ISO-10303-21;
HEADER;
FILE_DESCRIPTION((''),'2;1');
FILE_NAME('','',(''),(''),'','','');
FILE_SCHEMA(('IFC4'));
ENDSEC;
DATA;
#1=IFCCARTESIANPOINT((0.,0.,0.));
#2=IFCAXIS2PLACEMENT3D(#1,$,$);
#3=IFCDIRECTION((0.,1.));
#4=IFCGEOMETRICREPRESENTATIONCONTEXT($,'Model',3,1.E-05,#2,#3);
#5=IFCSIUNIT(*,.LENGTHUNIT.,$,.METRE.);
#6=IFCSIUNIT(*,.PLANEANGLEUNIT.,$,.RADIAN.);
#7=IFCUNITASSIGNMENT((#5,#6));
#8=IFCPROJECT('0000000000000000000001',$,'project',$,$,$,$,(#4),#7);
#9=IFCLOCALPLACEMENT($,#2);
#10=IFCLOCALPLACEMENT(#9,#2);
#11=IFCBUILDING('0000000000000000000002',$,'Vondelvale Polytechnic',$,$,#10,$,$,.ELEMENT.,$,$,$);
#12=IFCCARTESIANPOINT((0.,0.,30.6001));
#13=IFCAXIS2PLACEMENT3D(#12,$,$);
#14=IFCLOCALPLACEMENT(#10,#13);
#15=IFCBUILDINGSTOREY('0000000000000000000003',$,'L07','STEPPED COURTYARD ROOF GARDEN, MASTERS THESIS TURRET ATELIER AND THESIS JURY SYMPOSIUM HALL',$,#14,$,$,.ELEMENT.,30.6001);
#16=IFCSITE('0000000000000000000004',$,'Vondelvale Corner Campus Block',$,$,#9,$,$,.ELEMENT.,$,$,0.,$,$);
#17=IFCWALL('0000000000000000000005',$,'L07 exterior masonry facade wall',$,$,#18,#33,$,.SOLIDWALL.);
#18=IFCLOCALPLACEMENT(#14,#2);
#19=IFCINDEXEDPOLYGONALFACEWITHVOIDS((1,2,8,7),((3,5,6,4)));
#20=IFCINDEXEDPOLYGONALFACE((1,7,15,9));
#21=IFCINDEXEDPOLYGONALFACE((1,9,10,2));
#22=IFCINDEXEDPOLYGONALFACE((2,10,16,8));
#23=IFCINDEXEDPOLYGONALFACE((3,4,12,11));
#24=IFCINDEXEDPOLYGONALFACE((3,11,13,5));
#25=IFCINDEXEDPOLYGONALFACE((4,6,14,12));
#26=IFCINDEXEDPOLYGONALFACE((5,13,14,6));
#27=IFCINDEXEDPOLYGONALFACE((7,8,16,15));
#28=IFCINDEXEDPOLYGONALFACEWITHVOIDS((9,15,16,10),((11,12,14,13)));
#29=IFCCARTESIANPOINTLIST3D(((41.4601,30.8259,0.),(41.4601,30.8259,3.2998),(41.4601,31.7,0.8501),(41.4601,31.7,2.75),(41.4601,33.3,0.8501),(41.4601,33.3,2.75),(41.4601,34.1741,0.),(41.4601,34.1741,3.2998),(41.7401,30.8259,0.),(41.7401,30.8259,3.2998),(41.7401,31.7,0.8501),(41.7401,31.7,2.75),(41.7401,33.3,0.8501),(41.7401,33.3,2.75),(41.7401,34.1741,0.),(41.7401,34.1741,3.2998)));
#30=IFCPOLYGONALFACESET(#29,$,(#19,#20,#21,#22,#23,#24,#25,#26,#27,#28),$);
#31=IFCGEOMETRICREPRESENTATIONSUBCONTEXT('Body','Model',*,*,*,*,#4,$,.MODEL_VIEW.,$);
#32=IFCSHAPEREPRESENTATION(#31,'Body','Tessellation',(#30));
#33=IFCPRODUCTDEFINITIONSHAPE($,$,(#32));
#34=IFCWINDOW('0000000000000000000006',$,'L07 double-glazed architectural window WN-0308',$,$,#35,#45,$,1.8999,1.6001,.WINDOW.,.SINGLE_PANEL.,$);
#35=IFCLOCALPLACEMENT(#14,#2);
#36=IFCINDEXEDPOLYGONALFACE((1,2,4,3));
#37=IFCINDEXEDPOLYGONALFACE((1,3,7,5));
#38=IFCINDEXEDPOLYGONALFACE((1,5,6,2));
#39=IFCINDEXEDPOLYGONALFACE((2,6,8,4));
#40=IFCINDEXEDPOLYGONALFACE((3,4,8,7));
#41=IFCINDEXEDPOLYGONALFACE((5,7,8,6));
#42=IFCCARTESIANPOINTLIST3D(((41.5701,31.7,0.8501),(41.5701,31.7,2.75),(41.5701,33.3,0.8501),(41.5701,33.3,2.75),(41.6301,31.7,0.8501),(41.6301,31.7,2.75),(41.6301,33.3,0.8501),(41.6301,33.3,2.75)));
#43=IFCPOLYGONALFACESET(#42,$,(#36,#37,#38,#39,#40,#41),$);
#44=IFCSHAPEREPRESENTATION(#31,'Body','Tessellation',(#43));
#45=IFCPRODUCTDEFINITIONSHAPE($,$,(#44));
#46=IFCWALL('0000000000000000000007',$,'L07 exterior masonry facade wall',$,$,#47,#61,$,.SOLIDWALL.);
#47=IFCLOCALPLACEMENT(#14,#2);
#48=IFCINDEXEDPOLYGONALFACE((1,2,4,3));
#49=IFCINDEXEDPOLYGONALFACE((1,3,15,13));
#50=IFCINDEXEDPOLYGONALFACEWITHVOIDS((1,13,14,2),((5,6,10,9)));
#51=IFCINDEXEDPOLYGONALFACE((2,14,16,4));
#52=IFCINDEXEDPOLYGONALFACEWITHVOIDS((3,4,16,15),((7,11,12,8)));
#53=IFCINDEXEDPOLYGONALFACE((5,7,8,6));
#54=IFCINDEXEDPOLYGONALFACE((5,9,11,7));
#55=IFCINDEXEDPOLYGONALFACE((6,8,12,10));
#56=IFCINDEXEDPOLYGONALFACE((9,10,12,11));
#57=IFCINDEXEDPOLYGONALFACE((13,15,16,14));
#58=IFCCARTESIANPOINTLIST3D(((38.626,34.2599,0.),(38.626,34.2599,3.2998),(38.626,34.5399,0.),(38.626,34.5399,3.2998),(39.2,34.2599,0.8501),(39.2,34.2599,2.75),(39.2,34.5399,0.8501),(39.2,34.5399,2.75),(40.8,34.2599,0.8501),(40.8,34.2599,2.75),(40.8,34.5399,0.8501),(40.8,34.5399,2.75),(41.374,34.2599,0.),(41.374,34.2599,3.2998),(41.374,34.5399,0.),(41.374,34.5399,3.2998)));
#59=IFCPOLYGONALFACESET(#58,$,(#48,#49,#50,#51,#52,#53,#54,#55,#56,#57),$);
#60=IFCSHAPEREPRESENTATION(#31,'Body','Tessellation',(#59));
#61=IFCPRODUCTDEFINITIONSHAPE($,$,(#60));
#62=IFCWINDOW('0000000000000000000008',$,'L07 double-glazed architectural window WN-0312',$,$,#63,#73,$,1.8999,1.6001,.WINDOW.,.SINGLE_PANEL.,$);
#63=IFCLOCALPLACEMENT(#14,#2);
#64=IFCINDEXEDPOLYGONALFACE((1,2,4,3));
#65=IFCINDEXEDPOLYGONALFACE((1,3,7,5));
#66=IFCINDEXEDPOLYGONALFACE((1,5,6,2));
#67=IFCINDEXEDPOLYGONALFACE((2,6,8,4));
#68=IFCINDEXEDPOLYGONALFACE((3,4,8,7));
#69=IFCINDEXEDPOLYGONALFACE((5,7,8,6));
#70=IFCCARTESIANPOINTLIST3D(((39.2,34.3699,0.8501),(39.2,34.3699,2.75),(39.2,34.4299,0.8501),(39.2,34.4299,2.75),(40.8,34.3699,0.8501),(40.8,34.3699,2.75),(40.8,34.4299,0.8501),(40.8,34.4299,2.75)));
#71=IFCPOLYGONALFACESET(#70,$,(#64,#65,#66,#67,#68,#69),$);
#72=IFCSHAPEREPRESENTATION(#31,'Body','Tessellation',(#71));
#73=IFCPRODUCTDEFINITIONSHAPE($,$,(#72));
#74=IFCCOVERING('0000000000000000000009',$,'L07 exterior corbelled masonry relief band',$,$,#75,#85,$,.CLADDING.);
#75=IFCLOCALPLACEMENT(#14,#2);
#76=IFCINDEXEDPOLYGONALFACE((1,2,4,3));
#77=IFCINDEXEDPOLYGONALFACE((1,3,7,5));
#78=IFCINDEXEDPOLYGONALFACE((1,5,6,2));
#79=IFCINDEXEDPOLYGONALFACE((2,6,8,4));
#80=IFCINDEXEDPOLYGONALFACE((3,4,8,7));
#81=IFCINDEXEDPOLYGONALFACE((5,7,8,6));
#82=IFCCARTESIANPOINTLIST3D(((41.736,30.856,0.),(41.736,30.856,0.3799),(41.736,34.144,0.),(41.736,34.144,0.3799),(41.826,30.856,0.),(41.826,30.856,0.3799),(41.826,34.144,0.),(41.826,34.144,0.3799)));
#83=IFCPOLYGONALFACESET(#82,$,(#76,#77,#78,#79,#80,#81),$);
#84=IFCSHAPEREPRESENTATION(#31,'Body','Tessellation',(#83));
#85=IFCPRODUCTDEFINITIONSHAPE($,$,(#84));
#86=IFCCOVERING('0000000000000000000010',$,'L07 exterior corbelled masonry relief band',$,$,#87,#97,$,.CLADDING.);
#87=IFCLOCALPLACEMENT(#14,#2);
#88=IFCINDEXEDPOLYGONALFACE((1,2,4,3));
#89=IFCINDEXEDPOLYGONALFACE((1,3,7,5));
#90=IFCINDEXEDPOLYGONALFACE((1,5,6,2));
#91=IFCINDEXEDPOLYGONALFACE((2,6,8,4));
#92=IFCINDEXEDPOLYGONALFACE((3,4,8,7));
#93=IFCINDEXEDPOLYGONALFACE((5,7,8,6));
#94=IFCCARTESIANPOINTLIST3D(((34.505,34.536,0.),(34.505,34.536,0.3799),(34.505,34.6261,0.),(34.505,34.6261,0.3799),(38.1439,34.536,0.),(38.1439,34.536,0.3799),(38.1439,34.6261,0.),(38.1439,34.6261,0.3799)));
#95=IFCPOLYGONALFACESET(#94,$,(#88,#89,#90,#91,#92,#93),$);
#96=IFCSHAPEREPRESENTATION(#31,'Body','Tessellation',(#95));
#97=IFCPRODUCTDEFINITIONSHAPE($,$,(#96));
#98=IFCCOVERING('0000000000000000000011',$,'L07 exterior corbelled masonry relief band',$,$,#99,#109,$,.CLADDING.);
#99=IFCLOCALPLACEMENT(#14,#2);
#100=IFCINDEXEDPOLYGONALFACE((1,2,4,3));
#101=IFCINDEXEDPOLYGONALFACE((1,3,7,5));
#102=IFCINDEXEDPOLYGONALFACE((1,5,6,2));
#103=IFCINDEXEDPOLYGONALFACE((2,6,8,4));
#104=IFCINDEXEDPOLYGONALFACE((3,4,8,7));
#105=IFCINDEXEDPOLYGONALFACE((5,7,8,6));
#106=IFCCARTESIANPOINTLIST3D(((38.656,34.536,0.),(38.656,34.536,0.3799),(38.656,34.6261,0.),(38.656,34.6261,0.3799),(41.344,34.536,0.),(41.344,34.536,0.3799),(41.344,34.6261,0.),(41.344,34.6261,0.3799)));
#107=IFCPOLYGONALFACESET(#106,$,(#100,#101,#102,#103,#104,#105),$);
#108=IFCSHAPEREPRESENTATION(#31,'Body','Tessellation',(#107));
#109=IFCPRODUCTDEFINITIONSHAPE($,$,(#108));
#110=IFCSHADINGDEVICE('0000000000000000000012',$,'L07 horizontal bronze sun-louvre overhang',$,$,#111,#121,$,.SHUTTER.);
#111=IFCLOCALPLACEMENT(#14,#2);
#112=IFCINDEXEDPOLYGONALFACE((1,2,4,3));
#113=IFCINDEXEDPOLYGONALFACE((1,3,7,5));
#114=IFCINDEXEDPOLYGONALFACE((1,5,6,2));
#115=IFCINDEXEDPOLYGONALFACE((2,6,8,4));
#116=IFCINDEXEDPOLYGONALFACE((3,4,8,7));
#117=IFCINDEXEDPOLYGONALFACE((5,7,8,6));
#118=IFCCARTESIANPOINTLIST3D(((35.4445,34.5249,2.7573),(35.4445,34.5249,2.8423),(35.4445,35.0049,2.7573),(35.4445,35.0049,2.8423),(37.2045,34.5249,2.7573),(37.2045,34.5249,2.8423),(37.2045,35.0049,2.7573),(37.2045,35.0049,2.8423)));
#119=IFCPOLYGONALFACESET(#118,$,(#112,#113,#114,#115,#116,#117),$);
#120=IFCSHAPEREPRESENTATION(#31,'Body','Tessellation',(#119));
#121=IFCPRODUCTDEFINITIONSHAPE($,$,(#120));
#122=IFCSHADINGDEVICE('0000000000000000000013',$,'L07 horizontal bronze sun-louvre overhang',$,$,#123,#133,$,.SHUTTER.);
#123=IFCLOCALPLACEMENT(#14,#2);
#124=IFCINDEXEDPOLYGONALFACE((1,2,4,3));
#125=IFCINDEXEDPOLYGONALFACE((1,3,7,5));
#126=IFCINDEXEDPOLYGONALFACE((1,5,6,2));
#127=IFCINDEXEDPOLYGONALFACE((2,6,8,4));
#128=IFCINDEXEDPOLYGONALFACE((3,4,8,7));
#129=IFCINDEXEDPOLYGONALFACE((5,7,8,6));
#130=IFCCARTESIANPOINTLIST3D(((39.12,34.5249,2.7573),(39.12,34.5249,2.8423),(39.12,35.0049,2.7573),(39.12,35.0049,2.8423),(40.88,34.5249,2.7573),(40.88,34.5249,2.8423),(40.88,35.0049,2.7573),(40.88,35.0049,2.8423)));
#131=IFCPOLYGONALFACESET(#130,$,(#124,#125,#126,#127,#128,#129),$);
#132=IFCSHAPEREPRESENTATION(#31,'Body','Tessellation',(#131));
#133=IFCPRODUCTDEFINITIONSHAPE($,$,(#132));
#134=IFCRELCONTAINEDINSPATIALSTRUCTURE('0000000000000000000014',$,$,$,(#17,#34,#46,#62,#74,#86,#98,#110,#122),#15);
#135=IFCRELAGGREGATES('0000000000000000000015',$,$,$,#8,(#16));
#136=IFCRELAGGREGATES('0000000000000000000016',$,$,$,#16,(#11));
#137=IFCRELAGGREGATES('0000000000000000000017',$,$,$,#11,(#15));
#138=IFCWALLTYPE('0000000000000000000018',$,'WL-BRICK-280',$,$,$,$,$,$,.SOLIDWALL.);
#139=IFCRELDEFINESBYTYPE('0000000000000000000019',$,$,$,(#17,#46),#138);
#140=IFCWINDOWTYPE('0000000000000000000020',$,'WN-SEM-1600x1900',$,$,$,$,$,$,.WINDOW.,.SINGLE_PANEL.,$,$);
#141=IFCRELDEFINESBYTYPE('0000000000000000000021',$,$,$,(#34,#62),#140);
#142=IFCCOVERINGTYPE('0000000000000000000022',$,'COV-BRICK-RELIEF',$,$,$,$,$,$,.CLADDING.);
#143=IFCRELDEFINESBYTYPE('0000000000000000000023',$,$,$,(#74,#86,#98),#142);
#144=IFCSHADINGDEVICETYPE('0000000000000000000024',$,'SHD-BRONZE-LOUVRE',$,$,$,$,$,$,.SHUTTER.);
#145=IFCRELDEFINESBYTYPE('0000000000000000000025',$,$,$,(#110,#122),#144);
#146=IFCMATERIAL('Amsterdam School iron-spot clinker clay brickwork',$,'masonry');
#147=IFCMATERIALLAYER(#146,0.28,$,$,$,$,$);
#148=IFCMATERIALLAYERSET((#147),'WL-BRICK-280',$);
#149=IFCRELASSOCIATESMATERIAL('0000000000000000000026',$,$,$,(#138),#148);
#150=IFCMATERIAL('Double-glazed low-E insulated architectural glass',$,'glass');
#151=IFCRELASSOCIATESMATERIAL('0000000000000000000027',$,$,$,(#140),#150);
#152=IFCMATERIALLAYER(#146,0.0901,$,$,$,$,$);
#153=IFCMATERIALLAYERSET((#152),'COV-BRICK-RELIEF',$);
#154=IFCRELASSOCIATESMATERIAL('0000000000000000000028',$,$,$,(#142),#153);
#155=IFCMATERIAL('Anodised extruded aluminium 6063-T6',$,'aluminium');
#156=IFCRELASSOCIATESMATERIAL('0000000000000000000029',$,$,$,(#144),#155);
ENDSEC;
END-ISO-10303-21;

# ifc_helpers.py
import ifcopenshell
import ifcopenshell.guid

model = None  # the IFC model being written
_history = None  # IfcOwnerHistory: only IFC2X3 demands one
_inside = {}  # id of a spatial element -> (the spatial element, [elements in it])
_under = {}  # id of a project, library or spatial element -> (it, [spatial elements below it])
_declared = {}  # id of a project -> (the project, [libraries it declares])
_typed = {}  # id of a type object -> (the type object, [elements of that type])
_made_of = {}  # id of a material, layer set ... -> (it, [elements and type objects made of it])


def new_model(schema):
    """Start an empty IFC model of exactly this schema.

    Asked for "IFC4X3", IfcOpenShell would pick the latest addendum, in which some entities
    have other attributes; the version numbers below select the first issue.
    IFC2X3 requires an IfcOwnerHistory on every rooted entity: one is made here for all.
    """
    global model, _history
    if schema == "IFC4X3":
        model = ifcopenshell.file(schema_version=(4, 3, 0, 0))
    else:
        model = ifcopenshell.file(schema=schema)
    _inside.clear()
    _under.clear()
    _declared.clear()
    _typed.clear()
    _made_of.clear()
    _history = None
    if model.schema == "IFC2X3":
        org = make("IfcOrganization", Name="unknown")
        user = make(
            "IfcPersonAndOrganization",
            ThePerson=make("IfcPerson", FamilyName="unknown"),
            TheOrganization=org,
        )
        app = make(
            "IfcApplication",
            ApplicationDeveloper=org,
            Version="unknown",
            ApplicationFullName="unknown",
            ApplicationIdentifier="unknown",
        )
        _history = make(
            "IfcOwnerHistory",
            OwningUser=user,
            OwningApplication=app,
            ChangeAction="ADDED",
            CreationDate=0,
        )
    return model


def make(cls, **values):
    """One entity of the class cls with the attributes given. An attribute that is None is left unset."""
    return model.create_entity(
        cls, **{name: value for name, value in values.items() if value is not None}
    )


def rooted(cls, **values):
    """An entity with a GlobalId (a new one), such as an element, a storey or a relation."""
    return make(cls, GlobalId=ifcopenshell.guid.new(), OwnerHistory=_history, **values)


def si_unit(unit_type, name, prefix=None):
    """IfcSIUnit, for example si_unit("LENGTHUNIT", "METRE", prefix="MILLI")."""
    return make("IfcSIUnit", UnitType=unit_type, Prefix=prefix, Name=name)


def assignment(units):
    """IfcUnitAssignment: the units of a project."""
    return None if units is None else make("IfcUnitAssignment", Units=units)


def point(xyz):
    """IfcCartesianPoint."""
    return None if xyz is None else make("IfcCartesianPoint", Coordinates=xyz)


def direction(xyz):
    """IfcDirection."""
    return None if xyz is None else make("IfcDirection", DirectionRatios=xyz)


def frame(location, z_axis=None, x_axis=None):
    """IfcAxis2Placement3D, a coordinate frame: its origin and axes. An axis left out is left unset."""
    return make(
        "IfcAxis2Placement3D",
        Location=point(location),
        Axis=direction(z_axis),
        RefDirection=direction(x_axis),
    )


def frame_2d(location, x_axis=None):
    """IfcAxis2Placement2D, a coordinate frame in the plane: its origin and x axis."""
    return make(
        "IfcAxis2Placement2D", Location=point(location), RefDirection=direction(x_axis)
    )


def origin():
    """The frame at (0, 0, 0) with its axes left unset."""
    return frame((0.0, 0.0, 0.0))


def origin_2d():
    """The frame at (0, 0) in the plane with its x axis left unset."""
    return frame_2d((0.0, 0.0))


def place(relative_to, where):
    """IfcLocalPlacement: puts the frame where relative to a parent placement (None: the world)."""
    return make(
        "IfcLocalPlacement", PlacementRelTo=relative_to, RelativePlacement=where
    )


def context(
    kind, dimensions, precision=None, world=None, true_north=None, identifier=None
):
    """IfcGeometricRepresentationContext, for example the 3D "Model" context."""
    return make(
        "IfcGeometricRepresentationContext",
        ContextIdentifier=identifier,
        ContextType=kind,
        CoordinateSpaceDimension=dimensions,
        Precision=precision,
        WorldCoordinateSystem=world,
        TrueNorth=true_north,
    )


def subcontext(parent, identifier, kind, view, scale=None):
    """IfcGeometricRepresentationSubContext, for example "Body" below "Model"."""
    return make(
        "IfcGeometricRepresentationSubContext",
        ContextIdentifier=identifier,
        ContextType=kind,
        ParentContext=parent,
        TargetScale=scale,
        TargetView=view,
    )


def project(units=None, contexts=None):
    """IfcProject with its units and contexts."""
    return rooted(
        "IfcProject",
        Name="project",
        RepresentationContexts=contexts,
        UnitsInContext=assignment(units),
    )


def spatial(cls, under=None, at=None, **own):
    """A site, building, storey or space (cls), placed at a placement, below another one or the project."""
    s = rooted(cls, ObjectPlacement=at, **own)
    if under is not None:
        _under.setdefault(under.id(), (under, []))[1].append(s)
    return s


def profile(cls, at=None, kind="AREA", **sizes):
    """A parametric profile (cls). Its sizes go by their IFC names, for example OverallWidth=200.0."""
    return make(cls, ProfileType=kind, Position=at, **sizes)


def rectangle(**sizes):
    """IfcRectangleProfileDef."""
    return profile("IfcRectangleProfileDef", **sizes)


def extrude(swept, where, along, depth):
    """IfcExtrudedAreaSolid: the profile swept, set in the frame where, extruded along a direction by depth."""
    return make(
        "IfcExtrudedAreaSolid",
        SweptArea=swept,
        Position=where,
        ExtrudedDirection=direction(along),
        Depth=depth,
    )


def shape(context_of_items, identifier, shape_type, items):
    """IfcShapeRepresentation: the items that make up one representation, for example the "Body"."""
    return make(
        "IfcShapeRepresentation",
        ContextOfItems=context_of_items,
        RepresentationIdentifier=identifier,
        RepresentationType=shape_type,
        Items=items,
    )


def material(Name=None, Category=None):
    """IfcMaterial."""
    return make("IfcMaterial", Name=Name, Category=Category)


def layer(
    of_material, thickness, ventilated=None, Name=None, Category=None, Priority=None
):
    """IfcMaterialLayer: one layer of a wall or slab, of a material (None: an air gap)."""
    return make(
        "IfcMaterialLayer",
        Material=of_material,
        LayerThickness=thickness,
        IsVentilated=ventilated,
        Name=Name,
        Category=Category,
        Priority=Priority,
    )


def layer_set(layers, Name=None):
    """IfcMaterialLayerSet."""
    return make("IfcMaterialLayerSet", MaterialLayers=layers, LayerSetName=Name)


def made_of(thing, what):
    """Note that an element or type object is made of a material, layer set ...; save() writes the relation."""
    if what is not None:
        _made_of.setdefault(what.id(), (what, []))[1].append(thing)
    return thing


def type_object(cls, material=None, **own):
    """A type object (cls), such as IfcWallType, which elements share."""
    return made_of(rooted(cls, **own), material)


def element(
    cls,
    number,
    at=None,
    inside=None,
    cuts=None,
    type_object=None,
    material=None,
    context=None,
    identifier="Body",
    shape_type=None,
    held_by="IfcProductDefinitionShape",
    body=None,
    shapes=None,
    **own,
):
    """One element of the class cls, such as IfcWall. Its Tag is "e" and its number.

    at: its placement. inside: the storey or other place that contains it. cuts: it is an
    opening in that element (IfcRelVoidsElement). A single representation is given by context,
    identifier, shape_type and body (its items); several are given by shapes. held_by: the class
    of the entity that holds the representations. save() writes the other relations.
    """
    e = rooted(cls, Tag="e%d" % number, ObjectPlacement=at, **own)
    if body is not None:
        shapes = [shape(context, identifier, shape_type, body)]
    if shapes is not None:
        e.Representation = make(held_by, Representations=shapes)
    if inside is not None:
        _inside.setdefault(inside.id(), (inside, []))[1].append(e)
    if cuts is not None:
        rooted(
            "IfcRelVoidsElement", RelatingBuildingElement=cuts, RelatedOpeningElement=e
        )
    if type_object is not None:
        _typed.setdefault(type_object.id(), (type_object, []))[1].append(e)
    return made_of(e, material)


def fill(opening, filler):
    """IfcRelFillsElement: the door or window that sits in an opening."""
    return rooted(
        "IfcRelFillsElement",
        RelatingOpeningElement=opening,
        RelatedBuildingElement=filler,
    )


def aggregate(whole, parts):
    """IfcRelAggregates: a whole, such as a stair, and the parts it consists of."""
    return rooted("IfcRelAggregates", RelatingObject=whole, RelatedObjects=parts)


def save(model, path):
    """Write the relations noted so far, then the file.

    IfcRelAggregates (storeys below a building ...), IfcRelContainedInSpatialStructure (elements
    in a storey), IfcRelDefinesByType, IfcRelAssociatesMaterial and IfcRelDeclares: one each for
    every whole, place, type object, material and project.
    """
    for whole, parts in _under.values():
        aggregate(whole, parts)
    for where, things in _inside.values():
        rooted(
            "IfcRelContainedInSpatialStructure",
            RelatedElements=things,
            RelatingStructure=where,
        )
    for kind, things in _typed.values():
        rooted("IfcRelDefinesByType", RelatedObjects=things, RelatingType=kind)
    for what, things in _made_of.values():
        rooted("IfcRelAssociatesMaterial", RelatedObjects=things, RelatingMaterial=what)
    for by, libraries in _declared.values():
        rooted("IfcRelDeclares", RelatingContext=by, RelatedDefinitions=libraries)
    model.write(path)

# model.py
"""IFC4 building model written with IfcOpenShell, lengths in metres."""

from ifc_helpers import new_model, si_unit, direction, frame, frame_2d, origin, origin_2d, place, context, subcontext, project, spatial, rectangle, extrude, material, layer, layer_set, type_object, element, fill, save


model = new_model("IFC4")

# Units and contexts
model_context = context("Model", 3, precision=1e-05, world=origin(), true_north=direction((0.0, 1.0)))
body_context = subcontext(model_context, "Body", "Model", "MODEL_VIEW")
ifc_project = project(units=[si_unit("LENGTHUNIT", "METRE"), si_unit("PLANEANGLEUNIT", "RADIAN")], contexts=[model_context])

# Site, building, storey
site_placement = place(None, origin())
site = spatial("IfcSite", under=ifc_project, at=site_placement, Name="Vondelvale Corner Campus Block", CompositionType="ELEMENT", RefElevation=0.0)
building_placement = place(site_placement, origin())
building = spatial("IfcBuilding", under=site, at=building_placement, Name="Vondelvale Polytechnic", CompositionType="ELEMENT")
storey_placement = place(building_placement, frame((0.0, 0.0, 30.6001)))
storey = spatial("IfcBuildingStorey", under=building, at=storey_placement, Name="L07", Description="STEPPED COURTYARD ROOF GARDEN, MASTERS THESIS TURRET ATELIER AND THESIS JURY SYMPOSIUM HALL", CompositionType="ELEMENT", Elevation=30.6001)

# Walls, openings, windows
ifc_material_1 = material(Name="Amsterdam School iron-spot clinker clay brickwork", Category="masonry")
ifc_layer_1 = layer(ifc_material_1, 0.28)
ifc_layer_set_1 = layer_set([ifc_layer_1], Name="WL-BRICK-280")
wall_type = type_object("IfcWallType", Name="WL-BRICK-280", PredefinedType="SOLIDWALL", material=ifc_layer_set_1)
wall_1_placement = place(storey_placement, frame((41.6001, 34.1741, 0.0), z_axis=(0.0, 0.0, 1.0), x_axis=(0.0, -1.0, 0.0)))
wall_1 = element("IfcWall", 1, at=wall_1_placement, inside=storey, type_object=wall_type, Name="L07 exterior masonry facade wall", PredefinedType="SOLIDWALL", context=body_context, shape_type="SweptSolid", body=[
    extrude(rectangle(XDim=3.3481, YDim=0.28, at=frame_2d((1.6741, 0.0))), origin(), (0.0, 0.0, 1.0), 3.2998),
])
opening_1_placement = place(wall_1_placement, frame((0.874, 0.0, 0.8501)))
opening_1 = element("IfcOpeningElement", 2, at=opening_1_placement, cuts=wall_1, PredefinedType="OPENING", context=body_context, shape_type="SweptSolid", body=[
    extrude(rectangle(XDim=1.6001, YDim=1.8999, at=frame_2d((0.8, 0.95))), frame((0.0, 0.1499, 0.0), z_axis=(0.0, -1.0, 0.0), x_axis=(1.0, 0.0, 0.0)), (0.0, 0.0, 1.0), 0.3),
])
ifc_material_2 = material(Name="Double-glazed low-E insulated architectural glass", Category="glass")
window_type = type_object("IfcWindowType", Name="WN-SEM-1600x1900", PartitioningType="SINGLE_PANEL", PredefinedType="WINDOW", material=ifc_material_2)
window_1_placement = place(opening_1_placement, origin())
window_1 = element("IfcWindow", 3, at=window_1_placement, inside=storey, type_object=window_type, Name="L07 double-glazed architectural window WN-0308", OverallHeight=1.8999, OverallWidth=1.6001, PartitioningType="SINGLE_PANEL", PredefinedType="WINDOW", context=body_context, shape_type="SweptSolid", body=[
    extrude(rectangle(XDim=1.6001, YDim=1.8999, at=frame_2d((0.8, 0.95))), frame((0.0, 0.03, 0.0), z_axis=(0.0, -1.0, 0.0), x_axis=(1.0, 0.0, 0.0)), (0.0, 0.0, 1.0), 0.0601),
])
fill(opening_1, window_1)
wall_2_placement = place(storey_placement, frame((38.626, 34.3999, 0.0), z_axis=(0.0, 0.0, 1.0), x_axis=(1.0, 0.0, 0.0)))
wall_2 = element("IfcWall", 4, at=wall_2_placement, inside=storey, type_object=wall_type, Name="L07 exterior masonry facade wall", PredefinedType="SOLIDWALL", context=body_context, shape_type="SweptSolid", body=[
    extrude(rectangle(XDim=2.748, YDim=0.28, at=frame_2d((1.374, 0.0))), origin(), (0.0, 0.0, 1.0), 3.2998),
])
opening_2_placement = place(wall_2_placement, frame((0.574, 0.0, 0.8501)))
opening_2 = element("IfcOpeningElement", 5, at=opening_2_placement, cuts=wall_2, PredefinedType="OPENING", context=body_context, shape_type="SweptSolid", body=[
    extrude(rectangle(XDim=1.6001, YDim=1.8999, at=frame_2d((0.8, 0.95))), frame((0.0, 0.1499, 0.0), z_axis=(0.0, -1.0, 0.0), x_axis=(1.0, 0.0, 0.0)), (0.0, 0.0, 1.0), 0.3),
])
window_2_placement = place(opening_2_placement, origin())
window_2 = element("IfcWindow", 6, at=window_2_placement, inside=storey, type_object=window_type, Name="L07 double-glazed architectural window WN-0312", OverallHeight=1.8999, OverallWidth=1.6001, PartitioningType="SINGLE_PANEL", PredefinedType="WINDOW", context=body_context, shape_type="SweptSolid", body=[
    extrude(rectangle(XDim=1.6001, YDim=1.8999, at=frame_2d((0.8, 0.95))), frame((0.0, 0.03, 0.0), z_axis=(0.0, -1.0, 0.0), x_axis=(1.0, 0.0, 0.0)), (0.0, 0.0, 1.0), 0.0601),
])
fill(opening_2, window_2)

# Coverings
ifc_layer_2 = layer(ifc_material_1, 0.0901)
ifc_layer_set_2 = layer_set([ifc_layer_2], Name="COV-BRICK-RELIEF")
covering_type = type_object("IfcCoveringType", Name="COV-BRICK-RELIEF", PredefinedType="CLADDING", material=ifc_layer_set_2)
covering_1_placement = place(storey_placement, frame((41.781, 32.5, 0.0), z_axis=(0.0, 0.0, 1.0), x_axis=(0.0, -1.0, 0.0)))
element("IfcCovering", 7, at=covering_1_placement, inside=storey, type_object=covering_type, Name="L07 exterior corbelled masonry relief band", PredefinedType="CLADDING", context=body_context, shape_type="SweptSolid", body=[
    extrude(rectangle(XDim=3.2881, YDim=0.0901, at=origin_2d()), origin(), (0.0, 0.0, 1.0), 0.3799),
])
covering_2_placement = place(storey_placement, frame((36.3245, 34.5811, 0.0), z_axis=(0.0, 0.0, 1.0), x_axis=(1.0, 0.0, 0.0)))
element("IfcCovering", 8, at=covering_2_placement, inside=storey, type_object=covering_type, Name="L07 exterior corbelled masonry relief band", PredefinedType="CLADDING", context=body_context, shape_type="SweptSolid", body=[
    extrude(rectangle(XDim=3.6389, YDim=0.0901, at=origin_2d()), origin(), (0.0, 0.0, 1.0), 0.3799),
])
covering_3_placement = place(storey_placement, frame((40.0, 34.5811, 0.0), z_axis=(0.0, 0.0, 1.0), x_axis=(1.0, 0.0, 0.0)))
element("IfcCovering", 9, at=covering_3_placement, inside=storey, type_object=covering_type, Name="L07 exterior corbelled masonry relief band", PredefinedType="CLADDING", context=body_context, shape_type="SweptSolid", body=[
    extrude(rectangle(XDim=2.688, YDim=0.0901, at=origin_2d()), origin(), (0.0, 0.0, 1.0), 0.3799),
])

# Shading devices
ifc_material_3 = material(Name="Anodised extruded aluminium 6063-T6", Category="aluminium")
shading_device_type = type_object("IfcShadingDeviceType", Name="SHD-BRONZE-LOUVRE", PredefinedType="SHUTTER", material=ifc_material_3)
for number, where, z_axis, x_axis, name in (
    (10, (36.3245, 34.7649, 2.7573), (0.0, 0.0, 1.0), (1.0, 0.0, 0.0), "L07 horizontal bronze sun-louvre overhang"),
    (11, (40.0, 34.7649, 2.7573), (0.0, 0.0, 1.0), (1.0, 0.0, 0.0), "L07 horizontal bronze sun-louvre overhang"),
):
    element("IfcShadingDevice", number, at=place(storey_placement, frame(where, z_axis=z_axis, x_axis=x_axis)), inside=storey, type_object=shading_device_type, Name=name, PredefinedType="SHUTTER", context=body_context, shape_type="SweptSolid", body=[
        extrude(rectangle(XDim=1.76, YDim=0.48, at=origin_2d()), origin(), (0.0, 0.0, 1.0), 0.085),
    ])

save(model, "model.ifc")
